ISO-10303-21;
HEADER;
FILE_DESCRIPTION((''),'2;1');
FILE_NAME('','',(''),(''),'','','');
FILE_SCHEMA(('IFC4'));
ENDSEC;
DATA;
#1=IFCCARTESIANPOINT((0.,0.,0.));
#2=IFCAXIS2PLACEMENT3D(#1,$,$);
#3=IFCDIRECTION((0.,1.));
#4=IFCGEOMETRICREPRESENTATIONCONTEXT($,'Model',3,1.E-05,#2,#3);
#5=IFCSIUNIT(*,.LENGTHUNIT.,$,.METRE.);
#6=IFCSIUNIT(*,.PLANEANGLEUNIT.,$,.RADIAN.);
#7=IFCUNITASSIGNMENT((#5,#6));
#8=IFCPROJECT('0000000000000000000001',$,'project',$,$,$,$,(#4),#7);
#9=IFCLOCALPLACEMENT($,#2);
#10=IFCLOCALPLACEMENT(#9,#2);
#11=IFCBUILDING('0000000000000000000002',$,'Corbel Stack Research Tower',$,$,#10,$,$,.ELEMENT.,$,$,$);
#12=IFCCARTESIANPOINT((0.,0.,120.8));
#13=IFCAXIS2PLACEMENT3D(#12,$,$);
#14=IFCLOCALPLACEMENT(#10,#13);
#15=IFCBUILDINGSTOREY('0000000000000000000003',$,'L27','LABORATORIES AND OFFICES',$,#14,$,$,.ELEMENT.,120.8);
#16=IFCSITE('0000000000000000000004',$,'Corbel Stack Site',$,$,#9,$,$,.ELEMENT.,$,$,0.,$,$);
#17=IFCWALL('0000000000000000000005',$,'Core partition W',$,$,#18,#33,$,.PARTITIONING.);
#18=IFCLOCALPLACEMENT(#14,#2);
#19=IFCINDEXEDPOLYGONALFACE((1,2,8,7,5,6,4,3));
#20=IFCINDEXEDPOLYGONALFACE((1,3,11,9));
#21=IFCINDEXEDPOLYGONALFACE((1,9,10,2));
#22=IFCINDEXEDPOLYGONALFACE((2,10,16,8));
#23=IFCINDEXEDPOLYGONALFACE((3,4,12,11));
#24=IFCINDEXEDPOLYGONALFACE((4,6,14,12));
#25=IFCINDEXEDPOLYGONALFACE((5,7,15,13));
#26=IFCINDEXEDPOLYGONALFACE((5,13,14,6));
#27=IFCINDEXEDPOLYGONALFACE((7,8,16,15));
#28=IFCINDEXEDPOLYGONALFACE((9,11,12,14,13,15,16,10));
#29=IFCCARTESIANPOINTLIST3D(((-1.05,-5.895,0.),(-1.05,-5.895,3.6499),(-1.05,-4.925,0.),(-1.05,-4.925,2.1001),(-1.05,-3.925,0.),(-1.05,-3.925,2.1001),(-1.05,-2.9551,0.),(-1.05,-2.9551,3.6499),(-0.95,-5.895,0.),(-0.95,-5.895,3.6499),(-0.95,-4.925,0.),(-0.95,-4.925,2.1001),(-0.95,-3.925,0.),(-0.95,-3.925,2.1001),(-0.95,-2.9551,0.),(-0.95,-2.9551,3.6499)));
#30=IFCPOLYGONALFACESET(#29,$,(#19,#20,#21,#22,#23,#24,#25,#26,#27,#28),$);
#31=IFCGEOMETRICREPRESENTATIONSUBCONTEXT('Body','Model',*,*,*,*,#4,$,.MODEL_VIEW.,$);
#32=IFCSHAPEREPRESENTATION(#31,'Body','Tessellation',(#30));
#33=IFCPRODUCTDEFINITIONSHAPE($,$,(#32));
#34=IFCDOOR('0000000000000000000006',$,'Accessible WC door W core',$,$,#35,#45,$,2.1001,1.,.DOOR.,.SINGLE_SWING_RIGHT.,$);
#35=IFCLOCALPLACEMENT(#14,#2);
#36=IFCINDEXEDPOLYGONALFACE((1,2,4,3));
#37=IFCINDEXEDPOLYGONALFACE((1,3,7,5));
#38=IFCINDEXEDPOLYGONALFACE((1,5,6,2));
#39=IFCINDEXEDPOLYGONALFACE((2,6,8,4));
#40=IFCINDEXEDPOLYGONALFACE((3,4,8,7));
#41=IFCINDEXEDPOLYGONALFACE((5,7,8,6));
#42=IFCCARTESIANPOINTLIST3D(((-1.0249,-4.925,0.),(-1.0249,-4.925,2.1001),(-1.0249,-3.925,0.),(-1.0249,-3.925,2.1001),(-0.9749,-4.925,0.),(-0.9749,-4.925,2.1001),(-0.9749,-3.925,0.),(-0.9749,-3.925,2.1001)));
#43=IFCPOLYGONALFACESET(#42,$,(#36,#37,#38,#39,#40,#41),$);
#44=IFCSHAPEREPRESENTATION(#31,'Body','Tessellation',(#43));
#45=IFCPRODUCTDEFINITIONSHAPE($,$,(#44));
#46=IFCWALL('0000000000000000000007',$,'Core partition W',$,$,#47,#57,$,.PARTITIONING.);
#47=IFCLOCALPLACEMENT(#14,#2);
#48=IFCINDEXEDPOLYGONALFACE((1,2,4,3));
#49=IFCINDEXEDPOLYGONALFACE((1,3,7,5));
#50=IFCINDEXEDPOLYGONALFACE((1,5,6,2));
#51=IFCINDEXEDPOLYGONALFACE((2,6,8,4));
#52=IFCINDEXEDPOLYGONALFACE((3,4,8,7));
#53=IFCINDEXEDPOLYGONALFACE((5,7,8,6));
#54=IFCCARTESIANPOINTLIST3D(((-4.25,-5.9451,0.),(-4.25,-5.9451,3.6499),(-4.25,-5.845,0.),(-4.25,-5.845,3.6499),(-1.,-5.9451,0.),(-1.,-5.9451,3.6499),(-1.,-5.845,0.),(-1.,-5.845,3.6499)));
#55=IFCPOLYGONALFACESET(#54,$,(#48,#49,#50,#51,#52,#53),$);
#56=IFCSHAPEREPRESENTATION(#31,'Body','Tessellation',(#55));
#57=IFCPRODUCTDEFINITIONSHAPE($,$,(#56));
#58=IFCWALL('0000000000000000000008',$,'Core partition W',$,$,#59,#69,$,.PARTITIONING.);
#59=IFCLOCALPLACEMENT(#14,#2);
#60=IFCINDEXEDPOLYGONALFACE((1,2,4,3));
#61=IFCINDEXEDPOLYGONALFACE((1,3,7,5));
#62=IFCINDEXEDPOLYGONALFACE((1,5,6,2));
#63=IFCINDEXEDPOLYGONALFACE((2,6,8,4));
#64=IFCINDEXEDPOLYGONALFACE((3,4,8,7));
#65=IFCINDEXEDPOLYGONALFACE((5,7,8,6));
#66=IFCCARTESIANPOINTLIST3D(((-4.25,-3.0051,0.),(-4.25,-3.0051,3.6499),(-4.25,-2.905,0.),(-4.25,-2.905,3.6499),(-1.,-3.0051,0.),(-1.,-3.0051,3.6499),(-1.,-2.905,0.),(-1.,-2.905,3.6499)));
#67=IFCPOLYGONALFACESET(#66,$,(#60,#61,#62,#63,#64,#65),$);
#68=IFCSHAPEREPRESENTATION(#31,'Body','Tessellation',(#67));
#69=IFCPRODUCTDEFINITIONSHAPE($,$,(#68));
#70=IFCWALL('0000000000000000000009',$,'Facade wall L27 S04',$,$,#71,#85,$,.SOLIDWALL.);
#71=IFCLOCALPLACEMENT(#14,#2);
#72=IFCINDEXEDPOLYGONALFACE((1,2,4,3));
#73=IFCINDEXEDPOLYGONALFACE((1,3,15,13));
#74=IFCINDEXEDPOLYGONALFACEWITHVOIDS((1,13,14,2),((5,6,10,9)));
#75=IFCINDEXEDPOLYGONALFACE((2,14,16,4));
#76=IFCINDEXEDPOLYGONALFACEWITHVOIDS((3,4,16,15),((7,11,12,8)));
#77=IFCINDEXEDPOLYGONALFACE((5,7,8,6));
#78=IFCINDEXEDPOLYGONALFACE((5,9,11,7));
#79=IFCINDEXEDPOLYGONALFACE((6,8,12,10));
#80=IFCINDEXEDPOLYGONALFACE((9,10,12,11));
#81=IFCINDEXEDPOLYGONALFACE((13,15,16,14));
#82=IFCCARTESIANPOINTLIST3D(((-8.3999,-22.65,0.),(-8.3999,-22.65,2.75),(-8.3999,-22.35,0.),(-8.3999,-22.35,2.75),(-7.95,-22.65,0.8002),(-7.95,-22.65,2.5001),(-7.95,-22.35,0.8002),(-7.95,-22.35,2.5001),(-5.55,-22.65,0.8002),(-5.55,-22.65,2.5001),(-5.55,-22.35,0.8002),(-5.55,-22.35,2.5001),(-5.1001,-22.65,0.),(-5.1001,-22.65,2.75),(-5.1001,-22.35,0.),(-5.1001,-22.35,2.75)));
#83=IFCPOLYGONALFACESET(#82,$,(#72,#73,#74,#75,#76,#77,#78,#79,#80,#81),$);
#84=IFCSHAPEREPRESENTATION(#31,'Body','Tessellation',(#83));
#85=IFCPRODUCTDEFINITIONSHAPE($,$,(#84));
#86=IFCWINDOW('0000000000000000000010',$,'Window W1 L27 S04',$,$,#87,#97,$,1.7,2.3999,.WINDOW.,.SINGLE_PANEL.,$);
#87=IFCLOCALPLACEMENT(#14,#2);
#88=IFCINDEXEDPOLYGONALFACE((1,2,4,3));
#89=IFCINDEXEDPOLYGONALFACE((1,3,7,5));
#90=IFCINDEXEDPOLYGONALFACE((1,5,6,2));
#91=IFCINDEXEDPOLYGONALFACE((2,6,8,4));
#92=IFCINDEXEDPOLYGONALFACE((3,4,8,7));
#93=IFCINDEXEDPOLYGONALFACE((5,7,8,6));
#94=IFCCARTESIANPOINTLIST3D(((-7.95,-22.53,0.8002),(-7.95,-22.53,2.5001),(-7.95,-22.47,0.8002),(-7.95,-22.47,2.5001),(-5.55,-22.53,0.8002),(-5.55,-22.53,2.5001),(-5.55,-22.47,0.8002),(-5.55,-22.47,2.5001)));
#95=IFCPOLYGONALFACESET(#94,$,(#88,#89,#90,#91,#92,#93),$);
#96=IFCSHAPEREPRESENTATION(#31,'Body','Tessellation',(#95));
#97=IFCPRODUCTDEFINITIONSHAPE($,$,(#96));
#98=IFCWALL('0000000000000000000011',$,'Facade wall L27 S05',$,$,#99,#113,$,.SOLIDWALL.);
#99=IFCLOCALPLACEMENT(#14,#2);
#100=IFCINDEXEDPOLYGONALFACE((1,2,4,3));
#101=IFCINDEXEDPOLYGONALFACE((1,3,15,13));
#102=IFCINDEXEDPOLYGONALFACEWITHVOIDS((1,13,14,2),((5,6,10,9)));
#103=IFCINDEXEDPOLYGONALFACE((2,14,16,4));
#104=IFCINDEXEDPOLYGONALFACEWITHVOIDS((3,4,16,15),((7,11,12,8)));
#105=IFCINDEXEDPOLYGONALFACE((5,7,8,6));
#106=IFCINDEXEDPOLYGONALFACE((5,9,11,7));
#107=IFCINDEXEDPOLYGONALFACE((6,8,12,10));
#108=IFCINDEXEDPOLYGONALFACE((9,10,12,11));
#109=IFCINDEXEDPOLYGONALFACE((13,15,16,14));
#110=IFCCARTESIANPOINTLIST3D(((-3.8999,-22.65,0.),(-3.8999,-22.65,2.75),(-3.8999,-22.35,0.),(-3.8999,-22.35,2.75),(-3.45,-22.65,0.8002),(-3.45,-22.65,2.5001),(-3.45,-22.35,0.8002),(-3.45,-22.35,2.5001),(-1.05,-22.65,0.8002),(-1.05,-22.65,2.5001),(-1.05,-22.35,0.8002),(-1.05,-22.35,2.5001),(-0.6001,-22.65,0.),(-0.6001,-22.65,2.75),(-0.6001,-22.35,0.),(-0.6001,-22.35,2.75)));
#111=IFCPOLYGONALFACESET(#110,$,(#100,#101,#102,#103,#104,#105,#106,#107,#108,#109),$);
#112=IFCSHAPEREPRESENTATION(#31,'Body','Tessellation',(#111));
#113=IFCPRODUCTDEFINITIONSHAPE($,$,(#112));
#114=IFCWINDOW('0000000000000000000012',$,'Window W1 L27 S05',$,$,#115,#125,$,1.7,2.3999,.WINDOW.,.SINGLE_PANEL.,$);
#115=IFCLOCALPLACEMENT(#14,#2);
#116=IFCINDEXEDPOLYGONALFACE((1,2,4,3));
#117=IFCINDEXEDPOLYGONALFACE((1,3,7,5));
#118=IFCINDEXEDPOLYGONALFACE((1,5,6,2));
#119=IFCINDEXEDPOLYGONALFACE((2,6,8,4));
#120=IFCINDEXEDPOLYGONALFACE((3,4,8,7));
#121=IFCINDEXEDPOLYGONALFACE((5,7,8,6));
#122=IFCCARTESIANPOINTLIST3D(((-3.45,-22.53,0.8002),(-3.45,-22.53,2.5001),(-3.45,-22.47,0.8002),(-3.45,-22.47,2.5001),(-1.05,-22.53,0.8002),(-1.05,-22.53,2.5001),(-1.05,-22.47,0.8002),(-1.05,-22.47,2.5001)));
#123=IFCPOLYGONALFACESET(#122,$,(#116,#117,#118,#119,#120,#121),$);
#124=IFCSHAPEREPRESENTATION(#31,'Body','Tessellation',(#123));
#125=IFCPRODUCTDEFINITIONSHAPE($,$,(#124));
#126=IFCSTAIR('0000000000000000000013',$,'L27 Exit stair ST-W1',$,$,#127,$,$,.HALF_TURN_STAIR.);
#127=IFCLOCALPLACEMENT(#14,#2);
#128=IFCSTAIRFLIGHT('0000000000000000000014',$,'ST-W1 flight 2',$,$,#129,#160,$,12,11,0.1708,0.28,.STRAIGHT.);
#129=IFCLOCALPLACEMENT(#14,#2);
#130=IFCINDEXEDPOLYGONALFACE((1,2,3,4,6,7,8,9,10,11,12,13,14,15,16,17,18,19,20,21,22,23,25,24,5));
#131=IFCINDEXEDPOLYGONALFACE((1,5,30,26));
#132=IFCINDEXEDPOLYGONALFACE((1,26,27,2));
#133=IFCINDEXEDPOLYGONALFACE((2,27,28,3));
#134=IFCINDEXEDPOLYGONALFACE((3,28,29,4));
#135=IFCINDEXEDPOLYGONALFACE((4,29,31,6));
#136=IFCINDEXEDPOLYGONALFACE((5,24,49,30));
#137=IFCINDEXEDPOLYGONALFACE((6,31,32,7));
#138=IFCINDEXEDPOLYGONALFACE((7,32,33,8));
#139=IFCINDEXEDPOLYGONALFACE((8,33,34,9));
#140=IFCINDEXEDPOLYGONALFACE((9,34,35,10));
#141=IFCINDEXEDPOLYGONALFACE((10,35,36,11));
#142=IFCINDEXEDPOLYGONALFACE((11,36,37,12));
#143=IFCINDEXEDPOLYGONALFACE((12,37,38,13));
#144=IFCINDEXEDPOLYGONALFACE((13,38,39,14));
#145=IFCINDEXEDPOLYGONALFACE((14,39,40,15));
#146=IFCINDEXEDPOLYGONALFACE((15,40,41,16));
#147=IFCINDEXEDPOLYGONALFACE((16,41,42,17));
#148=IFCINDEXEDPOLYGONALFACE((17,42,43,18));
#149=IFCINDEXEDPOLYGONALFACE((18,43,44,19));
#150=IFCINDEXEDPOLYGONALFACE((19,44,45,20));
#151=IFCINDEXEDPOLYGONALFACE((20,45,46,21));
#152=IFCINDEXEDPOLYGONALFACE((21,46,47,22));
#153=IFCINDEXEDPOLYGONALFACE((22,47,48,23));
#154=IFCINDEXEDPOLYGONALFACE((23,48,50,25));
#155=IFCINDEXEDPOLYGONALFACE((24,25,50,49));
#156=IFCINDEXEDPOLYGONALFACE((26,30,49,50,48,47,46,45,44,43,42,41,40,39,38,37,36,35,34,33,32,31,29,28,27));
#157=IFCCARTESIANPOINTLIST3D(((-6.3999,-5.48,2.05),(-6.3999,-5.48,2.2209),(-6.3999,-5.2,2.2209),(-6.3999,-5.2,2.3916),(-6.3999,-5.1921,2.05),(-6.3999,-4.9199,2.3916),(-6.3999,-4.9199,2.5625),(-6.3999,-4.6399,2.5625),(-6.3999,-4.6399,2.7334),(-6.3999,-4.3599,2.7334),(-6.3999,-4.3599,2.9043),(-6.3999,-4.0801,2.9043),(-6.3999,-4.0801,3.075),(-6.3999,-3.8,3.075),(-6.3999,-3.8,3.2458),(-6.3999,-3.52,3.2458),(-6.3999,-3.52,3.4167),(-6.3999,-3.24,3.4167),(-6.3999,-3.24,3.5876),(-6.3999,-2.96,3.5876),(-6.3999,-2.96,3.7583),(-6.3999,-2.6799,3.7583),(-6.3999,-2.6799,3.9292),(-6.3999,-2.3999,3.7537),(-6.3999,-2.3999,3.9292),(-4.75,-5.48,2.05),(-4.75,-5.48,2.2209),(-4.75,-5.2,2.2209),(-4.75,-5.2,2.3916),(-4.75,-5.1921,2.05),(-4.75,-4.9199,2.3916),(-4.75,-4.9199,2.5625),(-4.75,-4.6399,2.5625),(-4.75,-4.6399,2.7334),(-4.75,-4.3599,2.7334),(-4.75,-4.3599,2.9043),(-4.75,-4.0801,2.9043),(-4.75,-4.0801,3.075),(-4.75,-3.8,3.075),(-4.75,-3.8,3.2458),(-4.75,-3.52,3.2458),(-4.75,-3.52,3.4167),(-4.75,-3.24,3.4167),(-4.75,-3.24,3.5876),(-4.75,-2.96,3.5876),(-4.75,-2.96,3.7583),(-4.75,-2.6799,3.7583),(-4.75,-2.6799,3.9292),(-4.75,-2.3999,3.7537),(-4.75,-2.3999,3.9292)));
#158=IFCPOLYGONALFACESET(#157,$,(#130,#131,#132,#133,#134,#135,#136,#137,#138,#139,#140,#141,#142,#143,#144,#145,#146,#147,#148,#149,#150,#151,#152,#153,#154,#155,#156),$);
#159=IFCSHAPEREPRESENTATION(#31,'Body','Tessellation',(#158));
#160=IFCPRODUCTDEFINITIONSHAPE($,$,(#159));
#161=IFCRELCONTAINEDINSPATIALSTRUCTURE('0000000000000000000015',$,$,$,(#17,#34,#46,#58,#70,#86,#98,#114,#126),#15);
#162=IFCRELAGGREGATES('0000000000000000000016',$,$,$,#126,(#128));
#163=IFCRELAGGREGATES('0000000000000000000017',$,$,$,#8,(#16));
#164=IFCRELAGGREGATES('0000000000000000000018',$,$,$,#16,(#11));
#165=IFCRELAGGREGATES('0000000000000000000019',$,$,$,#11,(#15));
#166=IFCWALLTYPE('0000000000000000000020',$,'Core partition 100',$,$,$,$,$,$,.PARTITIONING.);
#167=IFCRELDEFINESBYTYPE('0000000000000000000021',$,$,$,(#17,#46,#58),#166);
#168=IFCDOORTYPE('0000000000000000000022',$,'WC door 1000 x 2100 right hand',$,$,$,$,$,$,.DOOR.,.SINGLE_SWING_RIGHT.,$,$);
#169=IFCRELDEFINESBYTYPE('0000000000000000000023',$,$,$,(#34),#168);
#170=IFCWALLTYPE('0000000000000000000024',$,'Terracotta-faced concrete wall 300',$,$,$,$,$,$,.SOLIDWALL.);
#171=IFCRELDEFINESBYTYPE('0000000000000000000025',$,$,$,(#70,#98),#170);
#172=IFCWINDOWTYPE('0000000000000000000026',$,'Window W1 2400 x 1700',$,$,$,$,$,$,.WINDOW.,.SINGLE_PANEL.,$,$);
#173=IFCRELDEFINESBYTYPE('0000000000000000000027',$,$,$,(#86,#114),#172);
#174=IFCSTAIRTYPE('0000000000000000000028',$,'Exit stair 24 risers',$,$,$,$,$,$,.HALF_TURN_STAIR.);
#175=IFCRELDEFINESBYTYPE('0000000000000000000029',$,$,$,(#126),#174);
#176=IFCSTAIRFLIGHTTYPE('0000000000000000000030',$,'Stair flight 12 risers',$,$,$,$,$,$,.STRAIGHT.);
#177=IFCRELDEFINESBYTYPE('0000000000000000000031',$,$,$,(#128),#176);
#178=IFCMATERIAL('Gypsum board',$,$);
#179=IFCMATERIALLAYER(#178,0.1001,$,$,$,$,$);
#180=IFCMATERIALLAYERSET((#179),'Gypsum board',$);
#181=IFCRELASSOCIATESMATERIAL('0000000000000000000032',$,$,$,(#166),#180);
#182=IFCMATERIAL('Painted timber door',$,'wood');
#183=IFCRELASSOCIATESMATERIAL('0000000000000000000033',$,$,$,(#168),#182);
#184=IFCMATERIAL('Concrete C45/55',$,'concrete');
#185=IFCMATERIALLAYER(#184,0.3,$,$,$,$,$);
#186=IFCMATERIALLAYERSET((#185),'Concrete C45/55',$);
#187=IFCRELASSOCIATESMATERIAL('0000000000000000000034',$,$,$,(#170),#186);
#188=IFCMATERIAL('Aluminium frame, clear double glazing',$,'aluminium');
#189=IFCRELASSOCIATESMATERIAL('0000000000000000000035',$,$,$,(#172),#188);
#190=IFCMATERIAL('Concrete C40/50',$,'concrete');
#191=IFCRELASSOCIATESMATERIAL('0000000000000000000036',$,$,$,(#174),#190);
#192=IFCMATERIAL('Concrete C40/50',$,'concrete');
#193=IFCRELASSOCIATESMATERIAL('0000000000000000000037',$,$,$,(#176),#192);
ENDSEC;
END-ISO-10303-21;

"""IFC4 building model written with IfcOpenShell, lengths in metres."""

from ifc_helpers import new_model, si_unit, direction, frame, frame_2d, origin, place, context, subcontext, project, spatial, polyline, rectangle, outline, extrude, material, layer, layer_set, type_object, element, fill, aggregate, save


model = new_model("IFC4")

# Units and contexts
model_context = context("Model", 3, precision=1e-05, world=origin(), true_north=direction((0.0, 1.0)))
body_context = subcontext(model_context, "Body", "Model", "MODEL_VIEW")
ifc_project = project(units=[si_unit("LENGTHUNIT", "METRE"), si_unit("PLANEANGLEUNIT", "RADIAN")], contexts=[model_context])

# Site, building, storey
site_placement = place(None, origin())
site = spatial("IfcSite", under=ifc_project, at=site_placement, Name="Corbel Stack Site", CompositionType="ELEMENT", RefElevation=0.0)
building_placement = place(site_placement, origin())
building = spatial("IfcBuilding", under=site, at=building_placement, Name="Corbel Stack Research Tower", CompositionType="ELEMENT")
storey_placement = place(building_placement, frame((0.0, 0.0, 120.8)))
storey = spatial("IfcBuildingStorey", under=building, at=storey_placement, Name="L27", Description="LABORATORIES AND OFFICES", CompositionType="ELEMENT", Elevation=120.8)

# Wall, opening, door
ifc_material_1 = material(Name="Gypsum board")
ifc_layer_1 = layer(ifc_material_1, 0.1001)
ifc_layer_set_1 = layer_set([ifc_layer_1], Name="Gypsum board")
wall_type_1 = type_object("IfcWallType", Name="Core partition 100", PredefinedType="PARTITIONING", material=ifc_layer_set_1)
ifc_material_2 = material(Name="Painted timber door", Category="wood")
door_type_1 = type_object("IfcDoorType", Name="WC door 1000 x 2100 right hand", OperationType="SINGLE_SWING_RIGHT", PredefinedType="DOOR", material=ifc_material_2)
wall_1_placement = place(storey_placement, frame((-1.0, -5.895, 0.0), z_axis=(0.0, 0.0, 1.0), x_axis=(0.0, 1.0, 0.0)))
wall_1 = element("IfcWall", 1, at=wall_1_placement, inside=storey, type_object=wall_type_1, Name="Core partition W", PredefinedType="PARTITIONING", context=body_context, shape_type="SweptSolid", body=[
    extrude(rectangle(XDim=2.9399, YDim=0.1001, at=frame_2d((1.47, 0.0))), origin(), (0.0, 0.0, 1.0), 3.6499),
])
opening_1_placement = place(wall_1_placement, frame((0.97, 0.0, 0.0)))
opening_1 = element("IfcOpeningElement", 2, at=opening_1_placement, cuts=wall_1, PredefinedType="OPENING", context=body_context, shape_type="SweptSolid", body=[
    extrude(rectangle(XDim=1.0, YDim=2.1001, at=frame_2d((0.5, 1.05))), frame((0.0, 0.0601, 0.0), z_axis=(0.0, -1.0, 0.0), x_axis=(1.0, 0.0, 0.0)), (0.0, 0.0, 1.0), 0.1201),
])
door_1_placement = place(opening_1_placement, origin())
door_1 = element("IfcDoor", 3, at=door_1_placement, inside=storey, type_object=door_type_1, Name="Accessible WC door W core", OperationType="SINGLE_SWING_RIGHT", OverallHeight=2.1001, OverallWidth=1.0, PredefinedType="DOOR", context=body_context, shape_type="SweptSolid", body=[
    extrude(rectangle(XDim=1.0, YDim=2.1001, at=frame_2d((0.5, 1.05))), frame((0.0, 0.0249, 0.0), z_axis=(0.0, -1.0, 0.0), x_axis=(1.0, 0.0, 0.0)), (0.0, 0.0, 1.0), 0.05),
])
fill(opening_1, door_1)

# Walls
for number, where, z_axis, x_axis, name in (
    (4, (-4.25, -5.895, 0.0), (0.0, 0.0, 1.0), (1.0, 0.0, 0.0), "Core partition W"),
    (5, (-4.25, -2.9551, 0.0), (0.0, 0.0, 1.0), (1.0, 0.0, 0.0), "Core partition W"),
):
    element("IfcWall", number, at=place(storey_placement, frame(where, z_axis=z_axis, x_axis=x_axis)), inside=storey, type_object=wall_type_1, Name=name, PredefinedType="PARTITIONING", context=body_context, shape_type="SweptSolid", body=[
        extrude(rectangle(XDim=3.25, YDim=0.1001, at=frame_2d((1.625, 0.0))), origin(), (0.0, 0.0, 1.0), 3.6499),
    ])

# Walls, openings, windows
ifc_material_3 = material(Name="Concrete C45/55", Category="concrete")
ifc_layer_2 = layer(ifc_material_3, 0.3)
ifc_layer_set_2 = layer_set([ifc_layer_2], Name="Concrete C45/55")
wall_type_2 = type_object("IfcWallType", Name="Terracotta-faced concrete wall 300", PredefinedType="SOLIDWALL", material=ifc_layer_set_2)
wall_2_placement = place(storey_placement, frame((-5.1001, -22.5, 0.0), z_axis=(0.0, 0.0, 1.0), x_axis=(-1.0, 0.0, 0.0)))
wall_2 = element("IfcWall", 6, at=wall_2_placement, inside=storey, type_object=wall_type_2, Name="Facade wall L27 S04", PredefinedType="SOLIDWALL", context=body_context, shape_type="SweptSolid", body=[
    extrude(rectangle(XDim=3.2998, YDim=0.3, at=frame_2d((1.6499, 0.0))), origin(), (0.0, 0.0, 1.0), 2.75),
])
opening_2_placement = place(wall_2_placement, frame((0.45, 0.0, 0.8)))
opening_2 = element("IfcOpeningElement", 7, at=opening_2_placement, cuts=wall_2, PredefinedType="OPENING", context=body_context, shape_type="SweptSolid", body=[
    extrude(rectangle(XDim=2.3999, YDim=1.7, at=frame_2d((1.2, 0.8501))), frame((0.0, 0.1599, 0.0), z_axis=(0.0, -1.0, 0.0), x_axis=(1.0, 0.0, 0.0)), (0.0, 0.0, 1.0), 0.3201),
])
ifc_material_4 = material(Name="Aluminium frame, clear double glazing", Category="aluminium")
window_type = type_object("IfcWindowType", Name="Window W1 2400 x 1700", PartitioningType="SINGLE_PANEL", PredefinedType="WINDOW", material=ifc_material_4)
window_1_placement = place(opening_2_placement, origin())
window_1 = element("IfcWindow", 8, at=window_1_placement, inside=storey, type_object=window_type, Name="Window W1 L27 S04", OverallHeight=1.7, OverallWidth=2.3999, PartitioningType="SINGLE_PANEL", PredefinedType="WINDOW", context=body_context, shape_type="SweptSolid", body=[
    extrude(rectangle(XDim=2.3999, YDim=1.7, at=frame_2d((1.2, 0.8501))), frame((0.0, 0.03, 0.0), z_axis=(0.0, -1.0, 0.0), x_axis=(1.0, 0.0, 0.0)), (0.0, 0.0, 1.0), 0.0601),
])
fill(opening_2, window_1)
wall_3_placement = place(storey_placement, frame((-0.6001, -22.5, 0.0), z_axis=(0.0, 0.0, 1.0), x_axis=(-1.0, 0.0, 0.0)))
wall_3 = element("IfcWall", 9, at=wall_3_placement, inside=storey, type_object=wall_type_2, Name="Facade wall L27 S05", PredefinedType="SOLIDWALL", context=body_context, shape_type="SweptSolid", body=[
    extrude(rectangle(XDim=3.2998, YDim=0.3, at=frame_2d((1.6499, 0.0))), origin(), (0.0, 0.0, 1.0), 2.75),
])
opening_3_placement = place(wall_3_placement, frame((0.45, 0.0, 0.8)))
opening_3 = element("IfcOpeningElement", 10, at=opening_3_placement, cuts=wall_3, PredefinedType="OPENING", context=body_context, shape_type="SweptSolid", body=[
    extrude(rectangle(XDim=2.3999, YDim=1.7, at=frame_2d((1.2, 0.8501))), frame((0.0, 0.1599, 0.0), z_axis=(0.0, -1.0, 0.0), x_axis=(1.0, 0.0, 0.0)), (0.0, 0.0, 1.0), 0.3201),
])
window_2_placement = place(opening_3_placement, origin())
window_2 = element("IfcWindow", 11, at=window_2_placement, inside=storey, type_object=window_type, Name="Window W1 L27 S05", OverallHeight=1.7, OverallWidth=2.3999, PartitioningType="SINGLE_PANEL", PredefinedType="WINDOW", context=body_context, shape_type="SweptSolid", body=[
    extrude(rectangle(XDim=2.3999, YDim=1.7, at=frame_2d((1.2, 0.8501))), frame((0.0, 0.03, 0.0), z_axis=(0.0, -1.0, 0.0), x_axis=(1.0, 0.0, 0.0)), (0.0, 0.0, 1.0), 0.0601),
])
fill(opening_3, window_2)

# Stair, stair flight
ifc_material_5 = material(Name="Concrete C40/50", Category="concrete")
stair_type = type_object("IfcStairType", Name="Exit stair 24 risers", PredefinedType="HALF_TURN_STAIR", material=ifc_material_5)
stair_placement = place(storey_placement, origin())
stair = element("IfcStair", 12, at=stair_placement, inside=storey, type_object=stair_type, Name="L27 Exit stair ST-W1", PredefinedType="HALF_TURN_STAIR")
ifc_material_6 = material(Name="Concrete C40/50", Category="concrete")
stair_flight_type = type_object("IfcStairFlightType", Name="Stair flight 12 risers", PredefinedType="STRAIGHT", material=ifc_material_6)
stair_flight_placement = place(storey_placement, frame((-5.575, -5.48, 2.05), z_axis=(0.0, 0.0, 1.0), x_axis=(0.0, 1.0, 0.0)))
stair_flight = element("IfcStairFlight", 13, at=stair_flight_placement, type_object=stair_flight_type, Name="ST-W1 flight 2", NumberOfRisers=12, NumberOfTreads=11, PredefinedType="STRAIGHT", RiserHeight=0.1708, TreadLength=0.28, context=body_context, shape_type="SweptSolid", body=[
    extrude(outline(polyline([(0.0, 0.0), (0.0, 0.1709), (0.28, 0.1709), (0.28, 0.3416), (0.5601, 0.3416), (0.5601, 0.5125), (0.8401, 0.5125), (0.8401, 0.6833), (1.1201, 0.6833), (1.1201, 0.8542), (1.3999, 0.8542), (1.3999, 1.0249), (1.6799, 1.0249), (1.6799, 1.1958), (1.96, 1.1958), (1.96, 1.3667), (2.24, 1.3667), (2.24, 1.5376), (2.52, 1.5376), (2.52, 1.7083), (2.8, 1.7083), (2.8, 1.8792), (3.0801, 1.8792), (3.0801, 2.05), (3.0801, 1.7036), (0.2878, 0.0), (0.0, 0.0)])), frame((0.0, 0.825, 0.0), z_axis=(0.0, -1.0, 0.0), x_axis=(1.0, 0.0, 0.0)), (0.0, 0.0, 1.0), 1.6499),
])
aggregate(stair, [stair_flight])

save(model, "model.ifc")
